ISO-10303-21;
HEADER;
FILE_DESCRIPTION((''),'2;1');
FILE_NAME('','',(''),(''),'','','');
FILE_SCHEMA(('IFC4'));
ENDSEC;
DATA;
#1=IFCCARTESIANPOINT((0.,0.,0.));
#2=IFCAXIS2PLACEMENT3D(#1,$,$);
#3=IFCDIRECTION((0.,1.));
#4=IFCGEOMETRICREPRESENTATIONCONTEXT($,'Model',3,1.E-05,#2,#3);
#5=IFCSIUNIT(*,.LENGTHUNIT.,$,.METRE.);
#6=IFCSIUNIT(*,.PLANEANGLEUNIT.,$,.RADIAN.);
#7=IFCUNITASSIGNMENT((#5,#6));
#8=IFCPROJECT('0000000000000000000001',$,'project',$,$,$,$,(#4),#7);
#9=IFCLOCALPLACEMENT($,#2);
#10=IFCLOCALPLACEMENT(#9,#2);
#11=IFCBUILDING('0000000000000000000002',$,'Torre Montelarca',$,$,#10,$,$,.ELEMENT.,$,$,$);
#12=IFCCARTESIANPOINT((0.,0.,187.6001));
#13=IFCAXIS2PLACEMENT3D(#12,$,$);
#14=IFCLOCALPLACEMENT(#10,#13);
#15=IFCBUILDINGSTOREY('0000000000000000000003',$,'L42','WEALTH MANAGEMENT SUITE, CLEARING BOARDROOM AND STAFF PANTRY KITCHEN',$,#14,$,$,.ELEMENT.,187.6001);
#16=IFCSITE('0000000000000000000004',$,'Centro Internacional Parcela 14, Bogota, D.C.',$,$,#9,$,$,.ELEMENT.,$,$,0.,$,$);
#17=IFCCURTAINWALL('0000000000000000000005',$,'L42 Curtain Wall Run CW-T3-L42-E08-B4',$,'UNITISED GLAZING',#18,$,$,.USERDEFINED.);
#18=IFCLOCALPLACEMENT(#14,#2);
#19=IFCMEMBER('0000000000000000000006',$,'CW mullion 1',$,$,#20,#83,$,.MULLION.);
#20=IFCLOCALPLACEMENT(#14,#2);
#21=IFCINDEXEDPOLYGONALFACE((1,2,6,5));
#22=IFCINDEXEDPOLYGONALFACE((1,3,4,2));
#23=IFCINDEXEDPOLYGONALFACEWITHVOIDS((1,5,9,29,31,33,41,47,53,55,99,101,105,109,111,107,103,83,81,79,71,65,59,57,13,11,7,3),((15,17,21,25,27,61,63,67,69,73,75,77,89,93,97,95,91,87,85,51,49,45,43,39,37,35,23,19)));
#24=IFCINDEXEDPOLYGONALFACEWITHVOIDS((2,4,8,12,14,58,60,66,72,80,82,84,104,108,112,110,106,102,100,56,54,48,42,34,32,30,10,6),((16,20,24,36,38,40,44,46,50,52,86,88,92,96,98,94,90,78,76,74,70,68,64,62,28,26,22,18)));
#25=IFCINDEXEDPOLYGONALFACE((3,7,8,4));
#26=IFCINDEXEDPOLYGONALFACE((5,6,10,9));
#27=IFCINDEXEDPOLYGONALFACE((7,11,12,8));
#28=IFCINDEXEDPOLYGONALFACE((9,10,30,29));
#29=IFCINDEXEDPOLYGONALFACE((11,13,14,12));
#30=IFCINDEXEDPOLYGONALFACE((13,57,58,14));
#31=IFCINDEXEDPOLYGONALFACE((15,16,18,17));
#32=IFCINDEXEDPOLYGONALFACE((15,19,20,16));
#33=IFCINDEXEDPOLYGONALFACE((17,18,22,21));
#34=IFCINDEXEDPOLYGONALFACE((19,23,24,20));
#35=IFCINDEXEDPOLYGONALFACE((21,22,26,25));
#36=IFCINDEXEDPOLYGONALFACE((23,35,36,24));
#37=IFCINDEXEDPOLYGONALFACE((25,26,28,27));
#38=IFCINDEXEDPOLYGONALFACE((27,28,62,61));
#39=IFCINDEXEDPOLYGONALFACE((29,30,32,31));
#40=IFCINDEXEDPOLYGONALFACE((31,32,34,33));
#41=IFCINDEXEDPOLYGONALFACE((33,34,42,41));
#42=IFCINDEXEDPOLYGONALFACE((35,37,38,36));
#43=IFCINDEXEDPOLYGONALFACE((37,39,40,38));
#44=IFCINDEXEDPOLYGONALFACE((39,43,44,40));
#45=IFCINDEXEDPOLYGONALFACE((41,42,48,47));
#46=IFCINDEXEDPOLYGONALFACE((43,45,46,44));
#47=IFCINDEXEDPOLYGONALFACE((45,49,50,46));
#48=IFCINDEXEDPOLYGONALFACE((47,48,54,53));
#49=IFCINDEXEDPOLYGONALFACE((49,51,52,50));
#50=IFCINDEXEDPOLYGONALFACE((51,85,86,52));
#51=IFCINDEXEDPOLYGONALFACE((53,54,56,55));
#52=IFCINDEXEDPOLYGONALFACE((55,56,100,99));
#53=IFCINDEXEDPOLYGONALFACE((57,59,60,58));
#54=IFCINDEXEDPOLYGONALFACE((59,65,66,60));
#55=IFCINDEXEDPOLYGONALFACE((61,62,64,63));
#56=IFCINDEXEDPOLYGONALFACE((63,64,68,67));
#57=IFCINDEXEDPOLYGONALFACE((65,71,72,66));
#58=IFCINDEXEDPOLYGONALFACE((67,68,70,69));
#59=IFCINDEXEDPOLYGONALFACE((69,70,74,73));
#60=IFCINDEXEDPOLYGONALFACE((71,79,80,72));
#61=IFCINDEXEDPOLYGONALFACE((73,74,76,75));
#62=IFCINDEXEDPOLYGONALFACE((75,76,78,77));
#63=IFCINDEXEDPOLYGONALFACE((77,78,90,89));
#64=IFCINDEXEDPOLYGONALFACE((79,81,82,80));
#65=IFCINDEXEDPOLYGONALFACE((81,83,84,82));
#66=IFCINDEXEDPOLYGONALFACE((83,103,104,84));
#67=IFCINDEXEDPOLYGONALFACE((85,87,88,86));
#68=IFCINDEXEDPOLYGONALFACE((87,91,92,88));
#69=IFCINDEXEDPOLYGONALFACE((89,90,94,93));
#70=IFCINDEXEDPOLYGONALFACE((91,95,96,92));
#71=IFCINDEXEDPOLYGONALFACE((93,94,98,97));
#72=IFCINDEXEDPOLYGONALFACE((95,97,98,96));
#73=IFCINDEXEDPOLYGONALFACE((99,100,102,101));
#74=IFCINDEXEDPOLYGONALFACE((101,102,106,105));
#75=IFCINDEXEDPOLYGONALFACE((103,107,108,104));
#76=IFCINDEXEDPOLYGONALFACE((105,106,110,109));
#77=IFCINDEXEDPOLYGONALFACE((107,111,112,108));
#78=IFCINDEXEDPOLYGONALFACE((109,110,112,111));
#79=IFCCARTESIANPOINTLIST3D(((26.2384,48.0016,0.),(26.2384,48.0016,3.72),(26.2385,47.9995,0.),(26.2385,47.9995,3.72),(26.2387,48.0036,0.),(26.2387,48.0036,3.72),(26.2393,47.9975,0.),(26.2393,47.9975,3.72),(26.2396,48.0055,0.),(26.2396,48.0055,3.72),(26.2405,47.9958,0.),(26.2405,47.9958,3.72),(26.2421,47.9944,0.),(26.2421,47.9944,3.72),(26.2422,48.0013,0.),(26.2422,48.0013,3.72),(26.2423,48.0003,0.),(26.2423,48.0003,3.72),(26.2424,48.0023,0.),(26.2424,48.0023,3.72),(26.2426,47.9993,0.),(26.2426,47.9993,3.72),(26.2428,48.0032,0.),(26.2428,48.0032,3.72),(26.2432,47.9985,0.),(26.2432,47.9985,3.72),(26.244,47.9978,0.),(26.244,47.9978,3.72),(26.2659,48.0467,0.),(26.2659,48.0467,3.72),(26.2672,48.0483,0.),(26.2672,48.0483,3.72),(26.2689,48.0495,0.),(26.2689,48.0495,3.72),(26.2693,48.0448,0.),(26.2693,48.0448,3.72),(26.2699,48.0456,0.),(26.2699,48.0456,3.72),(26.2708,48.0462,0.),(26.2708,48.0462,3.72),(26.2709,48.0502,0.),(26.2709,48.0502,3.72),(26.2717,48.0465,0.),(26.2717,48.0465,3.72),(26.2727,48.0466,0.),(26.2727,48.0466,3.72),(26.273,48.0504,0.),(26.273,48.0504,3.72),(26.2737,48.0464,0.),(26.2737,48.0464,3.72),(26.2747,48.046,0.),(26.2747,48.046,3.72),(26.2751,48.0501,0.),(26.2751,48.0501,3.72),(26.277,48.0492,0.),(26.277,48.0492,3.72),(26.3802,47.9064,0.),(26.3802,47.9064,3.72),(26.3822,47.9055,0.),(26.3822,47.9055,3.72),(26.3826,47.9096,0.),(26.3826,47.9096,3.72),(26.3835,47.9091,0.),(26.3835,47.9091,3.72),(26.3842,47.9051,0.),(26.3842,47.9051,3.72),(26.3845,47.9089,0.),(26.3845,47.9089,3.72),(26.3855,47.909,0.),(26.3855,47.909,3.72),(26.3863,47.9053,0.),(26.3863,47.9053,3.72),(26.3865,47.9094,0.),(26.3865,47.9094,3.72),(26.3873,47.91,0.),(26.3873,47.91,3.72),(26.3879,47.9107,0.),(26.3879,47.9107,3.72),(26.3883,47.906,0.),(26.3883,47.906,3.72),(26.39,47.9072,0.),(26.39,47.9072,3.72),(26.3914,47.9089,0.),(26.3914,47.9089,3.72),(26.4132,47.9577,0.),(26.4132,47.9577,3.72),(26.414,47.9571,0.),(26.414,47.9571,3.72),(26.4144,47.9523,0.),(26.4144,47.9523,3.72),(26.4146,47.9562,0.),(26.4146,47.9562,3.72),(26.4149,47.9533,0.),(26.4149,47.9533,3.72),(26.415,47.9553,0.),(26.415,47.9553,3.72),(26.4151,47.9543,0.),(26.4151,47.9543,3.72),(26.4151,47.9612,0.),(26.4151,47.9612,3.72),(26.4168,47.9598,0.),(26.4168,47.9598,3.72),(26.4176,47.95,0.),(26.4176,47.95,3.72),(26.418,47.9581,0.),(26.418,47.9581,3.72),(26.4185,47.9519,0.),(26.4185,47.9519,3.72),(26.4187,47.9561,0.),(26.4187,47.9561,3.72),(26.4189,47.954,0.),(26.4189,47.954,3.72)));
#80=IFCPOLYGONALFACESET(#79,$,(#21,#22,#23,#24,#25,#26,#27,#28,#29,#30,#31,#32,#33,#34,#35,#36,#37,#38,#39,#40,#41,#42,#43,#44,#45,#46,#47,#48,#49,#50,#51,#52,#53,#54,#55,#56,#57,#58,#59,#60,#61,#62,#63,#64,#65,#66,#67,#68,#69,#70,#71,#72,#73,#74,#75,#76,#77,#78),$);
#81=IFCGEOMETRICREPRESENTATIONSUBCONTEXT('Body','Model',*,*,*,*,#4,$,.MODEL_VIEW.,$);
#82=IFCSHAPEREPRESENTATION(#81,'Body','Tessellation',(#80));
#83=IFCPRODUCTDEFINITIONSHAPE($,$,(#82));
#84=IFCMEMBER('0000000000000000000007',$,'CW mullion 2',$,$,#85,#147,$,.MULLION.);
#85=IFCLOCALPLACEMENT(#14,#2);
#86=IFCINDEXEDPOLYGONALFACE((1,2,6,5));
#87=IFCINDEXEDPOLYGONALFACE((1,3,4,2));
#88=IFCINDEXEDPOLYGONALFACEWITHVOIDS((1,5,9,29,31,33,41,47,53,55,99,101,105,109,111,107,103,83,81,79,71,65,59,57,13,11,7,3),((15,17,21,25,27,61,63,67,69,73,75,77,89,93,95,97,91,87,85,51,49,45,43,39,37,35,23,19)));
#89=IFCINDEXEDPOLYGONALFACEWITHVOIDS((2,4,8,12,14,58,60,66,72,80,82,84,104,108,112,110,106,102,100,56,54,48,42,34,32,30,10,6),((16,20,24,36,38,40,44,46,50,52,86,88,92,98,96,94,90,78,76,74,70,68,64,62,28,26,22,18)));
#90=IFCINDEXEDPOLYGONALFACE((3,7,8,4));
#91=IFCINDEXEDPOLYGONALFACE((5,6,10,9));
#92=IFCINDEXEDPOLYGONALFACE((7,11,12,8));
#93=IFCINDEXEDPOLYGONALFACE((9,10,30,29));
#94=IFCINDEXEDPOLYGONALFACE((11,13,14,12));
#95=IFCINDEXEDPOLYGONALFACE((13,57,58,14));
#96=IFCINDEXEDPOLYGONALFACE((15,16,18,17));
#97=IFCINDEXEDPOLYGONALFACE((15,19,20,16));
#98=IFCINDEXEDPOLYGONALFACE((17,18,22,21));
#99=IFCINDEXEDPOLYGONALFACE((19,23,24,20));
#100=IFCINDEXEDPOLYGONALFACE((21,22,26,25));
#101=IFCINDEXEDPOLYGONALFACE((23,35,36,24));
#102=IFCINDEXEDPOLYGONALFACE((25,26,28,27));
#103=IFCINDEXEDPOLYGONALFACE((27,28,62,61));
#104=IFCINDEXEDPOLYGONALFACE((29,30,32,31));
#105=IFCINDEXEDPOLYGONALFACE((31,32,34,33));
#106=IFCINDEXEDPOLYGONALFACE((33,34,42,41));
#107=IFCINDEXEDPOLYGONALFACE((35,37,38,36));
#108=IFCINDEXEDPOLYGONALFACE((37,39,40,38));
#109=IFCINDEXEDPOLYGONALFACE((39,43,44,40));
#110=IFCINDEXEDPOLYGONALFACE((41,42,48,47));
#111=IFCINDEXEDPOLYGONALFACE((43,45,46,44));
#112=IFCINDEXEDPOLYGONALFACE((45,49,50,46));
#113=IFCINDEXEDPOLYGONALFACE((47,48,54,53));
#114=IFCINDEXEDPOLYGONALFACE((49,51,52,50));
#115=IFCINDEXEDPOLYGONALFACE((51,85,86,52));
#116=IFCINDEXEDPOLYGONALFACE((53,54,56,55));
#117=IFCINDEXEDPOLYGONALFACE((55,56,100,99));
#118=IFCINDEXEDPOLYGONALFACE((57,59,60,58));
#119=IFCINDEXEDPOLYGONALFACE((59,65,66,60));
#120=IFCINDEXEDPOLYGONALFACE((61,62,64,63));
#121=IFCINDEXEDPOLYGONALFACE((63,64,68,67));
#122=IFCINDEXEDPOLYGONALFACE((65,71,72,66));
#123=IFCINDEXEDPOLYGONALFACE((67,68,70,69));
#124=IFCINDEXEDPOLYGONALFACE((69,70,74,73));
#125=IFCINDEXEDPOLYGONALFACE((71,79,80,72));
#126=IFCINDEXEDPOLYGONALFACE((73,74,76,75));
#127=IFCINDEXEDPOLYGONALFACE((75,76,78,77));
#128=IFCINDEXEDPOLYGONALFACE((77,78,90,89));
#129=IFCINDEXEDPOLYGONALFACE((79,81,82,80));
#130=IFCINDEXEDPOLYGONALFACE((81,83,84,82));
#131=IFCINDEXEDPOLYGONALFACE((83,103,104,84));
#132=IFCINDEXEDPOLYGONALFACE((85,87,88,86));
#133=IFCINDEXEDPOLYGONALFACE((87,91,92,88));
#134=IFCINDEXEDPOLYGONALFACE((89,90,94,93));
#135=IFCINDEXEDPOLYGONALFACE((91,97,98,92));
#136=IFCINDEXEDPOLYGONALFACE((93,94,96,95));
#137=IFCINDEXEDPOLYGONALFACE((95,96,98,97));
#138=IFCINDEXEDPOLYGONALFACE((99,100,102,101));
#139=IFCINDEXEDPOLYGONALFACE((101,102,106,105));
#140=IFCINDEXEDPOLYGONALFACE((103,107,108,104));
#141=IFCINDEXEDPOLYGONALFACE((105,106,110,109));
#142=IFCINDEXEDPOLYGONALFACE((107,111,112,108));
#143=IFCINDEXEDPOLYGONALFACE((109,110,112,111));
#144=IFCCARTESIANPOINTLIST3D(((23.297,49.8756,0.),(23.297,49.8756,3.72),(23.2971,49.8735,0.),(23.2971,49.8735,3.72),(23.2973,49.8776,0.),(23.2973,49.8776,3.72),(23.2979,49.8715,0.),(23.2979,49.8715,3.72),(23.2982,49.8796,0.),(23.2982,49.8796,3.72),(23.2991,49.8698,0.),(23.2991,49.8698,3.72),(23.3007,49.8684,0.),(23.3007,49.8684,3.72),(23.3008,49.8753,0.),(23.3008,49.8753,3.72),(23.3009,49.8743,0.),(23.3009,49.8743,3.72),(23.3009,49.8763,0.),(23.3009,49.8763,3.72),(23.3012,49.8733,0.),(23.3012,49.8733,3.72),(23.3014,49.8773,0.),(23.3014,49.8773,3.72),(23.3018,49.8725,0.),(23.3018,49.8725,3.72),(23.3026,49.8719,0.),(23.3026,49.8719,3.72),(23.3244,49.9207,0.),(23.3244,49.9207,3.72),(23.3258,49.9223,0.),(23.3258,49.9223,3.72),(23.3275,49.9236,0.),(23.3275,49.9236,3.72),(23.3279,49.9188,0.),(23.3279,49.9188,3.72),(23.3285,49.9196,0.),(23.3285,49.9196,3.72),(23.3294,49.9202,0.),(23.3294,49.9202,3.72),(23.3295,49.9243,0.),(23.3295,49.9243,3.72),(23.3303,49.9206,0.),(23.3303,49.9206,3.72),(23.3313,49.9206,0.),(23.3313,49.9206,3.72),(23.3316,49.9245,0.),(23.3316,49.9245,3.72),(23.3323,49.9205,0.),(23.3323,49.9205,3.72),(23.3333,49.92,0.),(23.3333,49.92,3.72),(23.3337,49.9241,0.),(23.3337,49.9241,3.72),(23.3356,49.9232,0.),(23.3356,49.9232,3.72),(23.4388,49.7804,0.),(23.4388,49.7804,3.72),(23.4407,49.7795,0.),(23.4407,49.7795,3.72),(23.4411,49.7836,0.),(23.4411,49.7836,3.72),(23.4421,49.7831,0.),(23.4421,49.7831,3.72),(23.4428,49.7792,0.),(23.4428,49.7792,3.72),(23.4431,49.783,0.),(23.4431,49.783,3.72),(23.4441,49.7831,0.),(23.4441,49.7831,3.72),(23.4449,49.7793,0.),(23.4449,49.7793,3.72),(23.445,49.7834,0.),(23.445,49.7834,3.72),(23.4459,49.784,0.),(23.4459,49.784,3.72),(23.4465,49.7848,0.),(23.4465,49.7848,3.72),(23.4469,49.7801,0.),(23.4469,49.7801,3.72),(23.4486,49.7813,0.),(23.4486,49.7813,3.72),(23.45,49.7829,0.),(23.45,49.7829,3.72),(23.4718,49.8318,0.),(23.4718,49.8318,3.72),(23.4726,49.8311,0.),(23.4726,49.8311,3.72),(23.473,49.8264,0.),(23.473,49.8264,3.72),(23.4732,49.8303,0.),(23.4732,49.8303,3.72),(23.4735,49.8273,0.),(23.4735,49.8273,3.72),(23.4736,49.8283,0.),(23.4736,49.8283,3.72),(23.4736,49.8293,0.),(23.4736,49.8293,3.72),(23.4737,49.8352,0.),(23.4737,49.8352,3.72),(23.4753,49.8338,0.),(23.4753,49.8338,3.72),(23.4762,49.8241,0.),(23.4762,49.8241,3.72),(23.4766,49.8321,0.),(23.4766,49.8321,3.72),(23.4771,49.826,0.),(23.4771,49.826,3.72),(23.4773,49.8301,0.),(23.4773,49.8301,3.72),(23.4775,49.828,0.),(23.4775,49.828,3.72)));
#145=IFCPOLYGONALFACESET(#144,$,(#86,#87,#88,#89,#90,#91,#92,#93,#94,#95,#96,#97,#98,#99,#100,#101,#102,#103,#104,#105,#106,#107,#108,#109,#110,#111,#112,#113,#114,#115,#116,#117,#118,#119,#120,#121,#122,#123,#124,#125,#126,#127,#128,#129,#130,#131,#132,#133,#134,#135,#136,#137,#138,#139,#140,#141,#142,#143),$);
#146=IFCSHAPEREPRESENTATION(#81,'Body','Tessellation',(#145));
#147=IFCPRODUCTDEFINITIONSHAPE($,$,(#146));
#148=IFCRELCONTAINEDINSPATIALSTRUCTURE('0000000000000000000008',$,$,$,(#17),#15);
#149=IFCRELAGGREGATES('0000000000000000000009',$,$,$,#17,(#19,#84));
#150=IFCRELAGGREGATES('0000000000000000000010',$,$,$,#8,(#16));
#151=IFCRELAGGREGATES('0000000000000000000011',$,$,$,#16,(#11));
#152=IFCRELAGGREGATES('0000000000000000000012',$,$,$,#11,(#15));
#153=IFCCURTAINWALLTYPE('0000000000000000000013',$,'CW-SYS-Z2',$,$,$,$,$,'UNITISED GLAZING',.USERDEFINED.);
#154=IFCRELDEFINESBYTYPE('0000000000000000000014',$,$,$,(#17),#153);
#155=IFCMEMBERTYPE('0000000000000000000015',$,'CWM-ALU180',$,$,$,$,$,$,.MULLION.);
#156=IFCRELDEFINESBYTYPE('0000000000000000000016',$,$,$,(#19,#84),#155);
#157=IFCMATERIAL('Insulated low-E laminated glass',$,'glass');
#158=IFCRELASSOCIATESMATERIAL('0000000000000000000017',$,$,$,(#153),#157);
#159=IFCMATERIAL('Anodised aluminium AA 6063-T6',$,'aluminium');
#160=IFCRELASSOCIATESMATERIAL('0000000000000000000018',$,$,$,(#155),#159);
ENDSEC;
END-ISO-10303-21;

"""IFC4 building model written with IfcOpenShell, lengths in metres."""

from ifc_helpers import new_model, si_unit, direction, frame, origin, origin_2d, place, context, subcontext, project, spatial, hollow_rectangle, extrude, source, transform, mapped, material, material_profile, profile_set, type_object, element, aggregate, save


model = new_model("IFC4")

# Units and contexts
model_context = context("Model", 3, precision=1e-05, world=origin(), true_north=direction((0.0, 1.0)))
body_context = subcontext(model_context, "Body", "Model", "MODEL_VIEW")
ifc_project = project(units=[si_unit("LENGTHUNIT", "METRE"), si_unit("PLANEANGLEUNIT", "RADIAN")], contexts=[model_context])

# Site, building, storey
site_placement = place(None, origin())
site = spatial("IfcSite", under=ifc_project, at=site_placement, Name="Centro Internacional Parcela 14, Bogota, D.C.", CompositionType="ELEMENT", RefElevation=0.0)
building_placement = place(site_placement, origin())
building = spatial("IfcBuilding", under=site, at=building_placement, Name="Torre Montelarca", CompositionType="ELEMENT")
storey_placement = place(building_placement, frame((0.0, 0.0, 187.6001)))
storey = spatial("IfcBuildingStorey", under=building, at=storey_placement, Name="L42", Description="WEALTH MANAGEMENT SUITE, CLEARING BOARDROOM AND STAFF PANTRY KITCHEN", CompositionType="ELEMENT", Elevation=187.6001)

# Curtain wall, members
ifc_material_1 = material(Name="Insulated low-E laminated glass", Category="glass")
curtain_wall_type = type_object("IfcCurtainWallType", Name="CW-SYS-Z2", ElementType="UNITISED GLAZING", PredefinedType="USERDEFINED", material=ifc_material_1)
ifc_material_2 = material(Name="Anodised aluminium AA 6063-T6", Category="aluminium")
ifc_material_profile_1 = material_profile(ifc_material_2, hollow_rectangle(XDim=0.0649, YDim=0.1799, WallThickness=0.0039, InnerFilletRadius=0.0039, OuterFilletRadius=0.0081, at=origin_2d()), Name="ALU65X180X4", Category="aluminium")
ifc_profile_set_1 = profile_set([ifc_material_profile_1], Name="Anodised aluminium AA 6063-T6")
member_type_1 = type_object("IfcMemberType", Name="CWM-ALU180", PredefinedType="MULLION", material=ifc_profile_set_1)
shared_shape_1 = source(origin(), body_context, "Body", "SweptSolid", [
    extrude(hollow_rectangle(XDim=0.0649, YDim=0.1799, WallThickness=0.0039, InnerFilletRadius=0.0039, OuterFilletRadius=0.0081, at=origin_2d()), origin(), (0.0, 0.0, 1.0), 3.72),
])
curtain_wall_1_placement = place(storey_placement, origin())
curtain_wall_1 = element("IfcCurtainWall", 1, at=curtain_wall_1_placement, inside=storey, type_object=curtain_wall_type, Name="L42 Curtain Wall Run CW-T3-L42-E08-B4", ObjectType="UNITISED GLAZING", PredefinedType="USERDEFINED")
member_1_placement = place(storey_placement, frame((26.3286, 47.9778, 0.0), z_axis=(0.0, 0.0, 1.0), x_axis=(-0.537306, -0.843388, 0.0)))
member_1 = element("IfcMember", 2, at=member_1_placement, type_object=member_type_1, Name="CW mullion 1", PredefinedType="MULLION", context=body_context, shape_type="MappedRepresentation", body=[
    mapped(shared_shape_1, transform((0.0, 0.0, 0.0), scale=1.0)),
])
member_2_placement = place(storey_placement, frame((23.3872, 49.8518, 0.0), z_axis=(0.0, 0.0, 1.0), x_axis=(-0.537306, -0.843388, 0.0)))
member_2 = element("IfcMember", 3, at=member_2_placement, type_object=member_type_1, Name="CW mullion 2", PredefinedType="MULLION", context=body_context, shape_type="MappedRepresentation", body=[
    mapped(shared_shape_1, transform((0.0, 0.0, 0.0), scale=1.0)),
])

aggregate(curtain_wall_1, [member_1, member_2])

save(model, "model.ifc")
